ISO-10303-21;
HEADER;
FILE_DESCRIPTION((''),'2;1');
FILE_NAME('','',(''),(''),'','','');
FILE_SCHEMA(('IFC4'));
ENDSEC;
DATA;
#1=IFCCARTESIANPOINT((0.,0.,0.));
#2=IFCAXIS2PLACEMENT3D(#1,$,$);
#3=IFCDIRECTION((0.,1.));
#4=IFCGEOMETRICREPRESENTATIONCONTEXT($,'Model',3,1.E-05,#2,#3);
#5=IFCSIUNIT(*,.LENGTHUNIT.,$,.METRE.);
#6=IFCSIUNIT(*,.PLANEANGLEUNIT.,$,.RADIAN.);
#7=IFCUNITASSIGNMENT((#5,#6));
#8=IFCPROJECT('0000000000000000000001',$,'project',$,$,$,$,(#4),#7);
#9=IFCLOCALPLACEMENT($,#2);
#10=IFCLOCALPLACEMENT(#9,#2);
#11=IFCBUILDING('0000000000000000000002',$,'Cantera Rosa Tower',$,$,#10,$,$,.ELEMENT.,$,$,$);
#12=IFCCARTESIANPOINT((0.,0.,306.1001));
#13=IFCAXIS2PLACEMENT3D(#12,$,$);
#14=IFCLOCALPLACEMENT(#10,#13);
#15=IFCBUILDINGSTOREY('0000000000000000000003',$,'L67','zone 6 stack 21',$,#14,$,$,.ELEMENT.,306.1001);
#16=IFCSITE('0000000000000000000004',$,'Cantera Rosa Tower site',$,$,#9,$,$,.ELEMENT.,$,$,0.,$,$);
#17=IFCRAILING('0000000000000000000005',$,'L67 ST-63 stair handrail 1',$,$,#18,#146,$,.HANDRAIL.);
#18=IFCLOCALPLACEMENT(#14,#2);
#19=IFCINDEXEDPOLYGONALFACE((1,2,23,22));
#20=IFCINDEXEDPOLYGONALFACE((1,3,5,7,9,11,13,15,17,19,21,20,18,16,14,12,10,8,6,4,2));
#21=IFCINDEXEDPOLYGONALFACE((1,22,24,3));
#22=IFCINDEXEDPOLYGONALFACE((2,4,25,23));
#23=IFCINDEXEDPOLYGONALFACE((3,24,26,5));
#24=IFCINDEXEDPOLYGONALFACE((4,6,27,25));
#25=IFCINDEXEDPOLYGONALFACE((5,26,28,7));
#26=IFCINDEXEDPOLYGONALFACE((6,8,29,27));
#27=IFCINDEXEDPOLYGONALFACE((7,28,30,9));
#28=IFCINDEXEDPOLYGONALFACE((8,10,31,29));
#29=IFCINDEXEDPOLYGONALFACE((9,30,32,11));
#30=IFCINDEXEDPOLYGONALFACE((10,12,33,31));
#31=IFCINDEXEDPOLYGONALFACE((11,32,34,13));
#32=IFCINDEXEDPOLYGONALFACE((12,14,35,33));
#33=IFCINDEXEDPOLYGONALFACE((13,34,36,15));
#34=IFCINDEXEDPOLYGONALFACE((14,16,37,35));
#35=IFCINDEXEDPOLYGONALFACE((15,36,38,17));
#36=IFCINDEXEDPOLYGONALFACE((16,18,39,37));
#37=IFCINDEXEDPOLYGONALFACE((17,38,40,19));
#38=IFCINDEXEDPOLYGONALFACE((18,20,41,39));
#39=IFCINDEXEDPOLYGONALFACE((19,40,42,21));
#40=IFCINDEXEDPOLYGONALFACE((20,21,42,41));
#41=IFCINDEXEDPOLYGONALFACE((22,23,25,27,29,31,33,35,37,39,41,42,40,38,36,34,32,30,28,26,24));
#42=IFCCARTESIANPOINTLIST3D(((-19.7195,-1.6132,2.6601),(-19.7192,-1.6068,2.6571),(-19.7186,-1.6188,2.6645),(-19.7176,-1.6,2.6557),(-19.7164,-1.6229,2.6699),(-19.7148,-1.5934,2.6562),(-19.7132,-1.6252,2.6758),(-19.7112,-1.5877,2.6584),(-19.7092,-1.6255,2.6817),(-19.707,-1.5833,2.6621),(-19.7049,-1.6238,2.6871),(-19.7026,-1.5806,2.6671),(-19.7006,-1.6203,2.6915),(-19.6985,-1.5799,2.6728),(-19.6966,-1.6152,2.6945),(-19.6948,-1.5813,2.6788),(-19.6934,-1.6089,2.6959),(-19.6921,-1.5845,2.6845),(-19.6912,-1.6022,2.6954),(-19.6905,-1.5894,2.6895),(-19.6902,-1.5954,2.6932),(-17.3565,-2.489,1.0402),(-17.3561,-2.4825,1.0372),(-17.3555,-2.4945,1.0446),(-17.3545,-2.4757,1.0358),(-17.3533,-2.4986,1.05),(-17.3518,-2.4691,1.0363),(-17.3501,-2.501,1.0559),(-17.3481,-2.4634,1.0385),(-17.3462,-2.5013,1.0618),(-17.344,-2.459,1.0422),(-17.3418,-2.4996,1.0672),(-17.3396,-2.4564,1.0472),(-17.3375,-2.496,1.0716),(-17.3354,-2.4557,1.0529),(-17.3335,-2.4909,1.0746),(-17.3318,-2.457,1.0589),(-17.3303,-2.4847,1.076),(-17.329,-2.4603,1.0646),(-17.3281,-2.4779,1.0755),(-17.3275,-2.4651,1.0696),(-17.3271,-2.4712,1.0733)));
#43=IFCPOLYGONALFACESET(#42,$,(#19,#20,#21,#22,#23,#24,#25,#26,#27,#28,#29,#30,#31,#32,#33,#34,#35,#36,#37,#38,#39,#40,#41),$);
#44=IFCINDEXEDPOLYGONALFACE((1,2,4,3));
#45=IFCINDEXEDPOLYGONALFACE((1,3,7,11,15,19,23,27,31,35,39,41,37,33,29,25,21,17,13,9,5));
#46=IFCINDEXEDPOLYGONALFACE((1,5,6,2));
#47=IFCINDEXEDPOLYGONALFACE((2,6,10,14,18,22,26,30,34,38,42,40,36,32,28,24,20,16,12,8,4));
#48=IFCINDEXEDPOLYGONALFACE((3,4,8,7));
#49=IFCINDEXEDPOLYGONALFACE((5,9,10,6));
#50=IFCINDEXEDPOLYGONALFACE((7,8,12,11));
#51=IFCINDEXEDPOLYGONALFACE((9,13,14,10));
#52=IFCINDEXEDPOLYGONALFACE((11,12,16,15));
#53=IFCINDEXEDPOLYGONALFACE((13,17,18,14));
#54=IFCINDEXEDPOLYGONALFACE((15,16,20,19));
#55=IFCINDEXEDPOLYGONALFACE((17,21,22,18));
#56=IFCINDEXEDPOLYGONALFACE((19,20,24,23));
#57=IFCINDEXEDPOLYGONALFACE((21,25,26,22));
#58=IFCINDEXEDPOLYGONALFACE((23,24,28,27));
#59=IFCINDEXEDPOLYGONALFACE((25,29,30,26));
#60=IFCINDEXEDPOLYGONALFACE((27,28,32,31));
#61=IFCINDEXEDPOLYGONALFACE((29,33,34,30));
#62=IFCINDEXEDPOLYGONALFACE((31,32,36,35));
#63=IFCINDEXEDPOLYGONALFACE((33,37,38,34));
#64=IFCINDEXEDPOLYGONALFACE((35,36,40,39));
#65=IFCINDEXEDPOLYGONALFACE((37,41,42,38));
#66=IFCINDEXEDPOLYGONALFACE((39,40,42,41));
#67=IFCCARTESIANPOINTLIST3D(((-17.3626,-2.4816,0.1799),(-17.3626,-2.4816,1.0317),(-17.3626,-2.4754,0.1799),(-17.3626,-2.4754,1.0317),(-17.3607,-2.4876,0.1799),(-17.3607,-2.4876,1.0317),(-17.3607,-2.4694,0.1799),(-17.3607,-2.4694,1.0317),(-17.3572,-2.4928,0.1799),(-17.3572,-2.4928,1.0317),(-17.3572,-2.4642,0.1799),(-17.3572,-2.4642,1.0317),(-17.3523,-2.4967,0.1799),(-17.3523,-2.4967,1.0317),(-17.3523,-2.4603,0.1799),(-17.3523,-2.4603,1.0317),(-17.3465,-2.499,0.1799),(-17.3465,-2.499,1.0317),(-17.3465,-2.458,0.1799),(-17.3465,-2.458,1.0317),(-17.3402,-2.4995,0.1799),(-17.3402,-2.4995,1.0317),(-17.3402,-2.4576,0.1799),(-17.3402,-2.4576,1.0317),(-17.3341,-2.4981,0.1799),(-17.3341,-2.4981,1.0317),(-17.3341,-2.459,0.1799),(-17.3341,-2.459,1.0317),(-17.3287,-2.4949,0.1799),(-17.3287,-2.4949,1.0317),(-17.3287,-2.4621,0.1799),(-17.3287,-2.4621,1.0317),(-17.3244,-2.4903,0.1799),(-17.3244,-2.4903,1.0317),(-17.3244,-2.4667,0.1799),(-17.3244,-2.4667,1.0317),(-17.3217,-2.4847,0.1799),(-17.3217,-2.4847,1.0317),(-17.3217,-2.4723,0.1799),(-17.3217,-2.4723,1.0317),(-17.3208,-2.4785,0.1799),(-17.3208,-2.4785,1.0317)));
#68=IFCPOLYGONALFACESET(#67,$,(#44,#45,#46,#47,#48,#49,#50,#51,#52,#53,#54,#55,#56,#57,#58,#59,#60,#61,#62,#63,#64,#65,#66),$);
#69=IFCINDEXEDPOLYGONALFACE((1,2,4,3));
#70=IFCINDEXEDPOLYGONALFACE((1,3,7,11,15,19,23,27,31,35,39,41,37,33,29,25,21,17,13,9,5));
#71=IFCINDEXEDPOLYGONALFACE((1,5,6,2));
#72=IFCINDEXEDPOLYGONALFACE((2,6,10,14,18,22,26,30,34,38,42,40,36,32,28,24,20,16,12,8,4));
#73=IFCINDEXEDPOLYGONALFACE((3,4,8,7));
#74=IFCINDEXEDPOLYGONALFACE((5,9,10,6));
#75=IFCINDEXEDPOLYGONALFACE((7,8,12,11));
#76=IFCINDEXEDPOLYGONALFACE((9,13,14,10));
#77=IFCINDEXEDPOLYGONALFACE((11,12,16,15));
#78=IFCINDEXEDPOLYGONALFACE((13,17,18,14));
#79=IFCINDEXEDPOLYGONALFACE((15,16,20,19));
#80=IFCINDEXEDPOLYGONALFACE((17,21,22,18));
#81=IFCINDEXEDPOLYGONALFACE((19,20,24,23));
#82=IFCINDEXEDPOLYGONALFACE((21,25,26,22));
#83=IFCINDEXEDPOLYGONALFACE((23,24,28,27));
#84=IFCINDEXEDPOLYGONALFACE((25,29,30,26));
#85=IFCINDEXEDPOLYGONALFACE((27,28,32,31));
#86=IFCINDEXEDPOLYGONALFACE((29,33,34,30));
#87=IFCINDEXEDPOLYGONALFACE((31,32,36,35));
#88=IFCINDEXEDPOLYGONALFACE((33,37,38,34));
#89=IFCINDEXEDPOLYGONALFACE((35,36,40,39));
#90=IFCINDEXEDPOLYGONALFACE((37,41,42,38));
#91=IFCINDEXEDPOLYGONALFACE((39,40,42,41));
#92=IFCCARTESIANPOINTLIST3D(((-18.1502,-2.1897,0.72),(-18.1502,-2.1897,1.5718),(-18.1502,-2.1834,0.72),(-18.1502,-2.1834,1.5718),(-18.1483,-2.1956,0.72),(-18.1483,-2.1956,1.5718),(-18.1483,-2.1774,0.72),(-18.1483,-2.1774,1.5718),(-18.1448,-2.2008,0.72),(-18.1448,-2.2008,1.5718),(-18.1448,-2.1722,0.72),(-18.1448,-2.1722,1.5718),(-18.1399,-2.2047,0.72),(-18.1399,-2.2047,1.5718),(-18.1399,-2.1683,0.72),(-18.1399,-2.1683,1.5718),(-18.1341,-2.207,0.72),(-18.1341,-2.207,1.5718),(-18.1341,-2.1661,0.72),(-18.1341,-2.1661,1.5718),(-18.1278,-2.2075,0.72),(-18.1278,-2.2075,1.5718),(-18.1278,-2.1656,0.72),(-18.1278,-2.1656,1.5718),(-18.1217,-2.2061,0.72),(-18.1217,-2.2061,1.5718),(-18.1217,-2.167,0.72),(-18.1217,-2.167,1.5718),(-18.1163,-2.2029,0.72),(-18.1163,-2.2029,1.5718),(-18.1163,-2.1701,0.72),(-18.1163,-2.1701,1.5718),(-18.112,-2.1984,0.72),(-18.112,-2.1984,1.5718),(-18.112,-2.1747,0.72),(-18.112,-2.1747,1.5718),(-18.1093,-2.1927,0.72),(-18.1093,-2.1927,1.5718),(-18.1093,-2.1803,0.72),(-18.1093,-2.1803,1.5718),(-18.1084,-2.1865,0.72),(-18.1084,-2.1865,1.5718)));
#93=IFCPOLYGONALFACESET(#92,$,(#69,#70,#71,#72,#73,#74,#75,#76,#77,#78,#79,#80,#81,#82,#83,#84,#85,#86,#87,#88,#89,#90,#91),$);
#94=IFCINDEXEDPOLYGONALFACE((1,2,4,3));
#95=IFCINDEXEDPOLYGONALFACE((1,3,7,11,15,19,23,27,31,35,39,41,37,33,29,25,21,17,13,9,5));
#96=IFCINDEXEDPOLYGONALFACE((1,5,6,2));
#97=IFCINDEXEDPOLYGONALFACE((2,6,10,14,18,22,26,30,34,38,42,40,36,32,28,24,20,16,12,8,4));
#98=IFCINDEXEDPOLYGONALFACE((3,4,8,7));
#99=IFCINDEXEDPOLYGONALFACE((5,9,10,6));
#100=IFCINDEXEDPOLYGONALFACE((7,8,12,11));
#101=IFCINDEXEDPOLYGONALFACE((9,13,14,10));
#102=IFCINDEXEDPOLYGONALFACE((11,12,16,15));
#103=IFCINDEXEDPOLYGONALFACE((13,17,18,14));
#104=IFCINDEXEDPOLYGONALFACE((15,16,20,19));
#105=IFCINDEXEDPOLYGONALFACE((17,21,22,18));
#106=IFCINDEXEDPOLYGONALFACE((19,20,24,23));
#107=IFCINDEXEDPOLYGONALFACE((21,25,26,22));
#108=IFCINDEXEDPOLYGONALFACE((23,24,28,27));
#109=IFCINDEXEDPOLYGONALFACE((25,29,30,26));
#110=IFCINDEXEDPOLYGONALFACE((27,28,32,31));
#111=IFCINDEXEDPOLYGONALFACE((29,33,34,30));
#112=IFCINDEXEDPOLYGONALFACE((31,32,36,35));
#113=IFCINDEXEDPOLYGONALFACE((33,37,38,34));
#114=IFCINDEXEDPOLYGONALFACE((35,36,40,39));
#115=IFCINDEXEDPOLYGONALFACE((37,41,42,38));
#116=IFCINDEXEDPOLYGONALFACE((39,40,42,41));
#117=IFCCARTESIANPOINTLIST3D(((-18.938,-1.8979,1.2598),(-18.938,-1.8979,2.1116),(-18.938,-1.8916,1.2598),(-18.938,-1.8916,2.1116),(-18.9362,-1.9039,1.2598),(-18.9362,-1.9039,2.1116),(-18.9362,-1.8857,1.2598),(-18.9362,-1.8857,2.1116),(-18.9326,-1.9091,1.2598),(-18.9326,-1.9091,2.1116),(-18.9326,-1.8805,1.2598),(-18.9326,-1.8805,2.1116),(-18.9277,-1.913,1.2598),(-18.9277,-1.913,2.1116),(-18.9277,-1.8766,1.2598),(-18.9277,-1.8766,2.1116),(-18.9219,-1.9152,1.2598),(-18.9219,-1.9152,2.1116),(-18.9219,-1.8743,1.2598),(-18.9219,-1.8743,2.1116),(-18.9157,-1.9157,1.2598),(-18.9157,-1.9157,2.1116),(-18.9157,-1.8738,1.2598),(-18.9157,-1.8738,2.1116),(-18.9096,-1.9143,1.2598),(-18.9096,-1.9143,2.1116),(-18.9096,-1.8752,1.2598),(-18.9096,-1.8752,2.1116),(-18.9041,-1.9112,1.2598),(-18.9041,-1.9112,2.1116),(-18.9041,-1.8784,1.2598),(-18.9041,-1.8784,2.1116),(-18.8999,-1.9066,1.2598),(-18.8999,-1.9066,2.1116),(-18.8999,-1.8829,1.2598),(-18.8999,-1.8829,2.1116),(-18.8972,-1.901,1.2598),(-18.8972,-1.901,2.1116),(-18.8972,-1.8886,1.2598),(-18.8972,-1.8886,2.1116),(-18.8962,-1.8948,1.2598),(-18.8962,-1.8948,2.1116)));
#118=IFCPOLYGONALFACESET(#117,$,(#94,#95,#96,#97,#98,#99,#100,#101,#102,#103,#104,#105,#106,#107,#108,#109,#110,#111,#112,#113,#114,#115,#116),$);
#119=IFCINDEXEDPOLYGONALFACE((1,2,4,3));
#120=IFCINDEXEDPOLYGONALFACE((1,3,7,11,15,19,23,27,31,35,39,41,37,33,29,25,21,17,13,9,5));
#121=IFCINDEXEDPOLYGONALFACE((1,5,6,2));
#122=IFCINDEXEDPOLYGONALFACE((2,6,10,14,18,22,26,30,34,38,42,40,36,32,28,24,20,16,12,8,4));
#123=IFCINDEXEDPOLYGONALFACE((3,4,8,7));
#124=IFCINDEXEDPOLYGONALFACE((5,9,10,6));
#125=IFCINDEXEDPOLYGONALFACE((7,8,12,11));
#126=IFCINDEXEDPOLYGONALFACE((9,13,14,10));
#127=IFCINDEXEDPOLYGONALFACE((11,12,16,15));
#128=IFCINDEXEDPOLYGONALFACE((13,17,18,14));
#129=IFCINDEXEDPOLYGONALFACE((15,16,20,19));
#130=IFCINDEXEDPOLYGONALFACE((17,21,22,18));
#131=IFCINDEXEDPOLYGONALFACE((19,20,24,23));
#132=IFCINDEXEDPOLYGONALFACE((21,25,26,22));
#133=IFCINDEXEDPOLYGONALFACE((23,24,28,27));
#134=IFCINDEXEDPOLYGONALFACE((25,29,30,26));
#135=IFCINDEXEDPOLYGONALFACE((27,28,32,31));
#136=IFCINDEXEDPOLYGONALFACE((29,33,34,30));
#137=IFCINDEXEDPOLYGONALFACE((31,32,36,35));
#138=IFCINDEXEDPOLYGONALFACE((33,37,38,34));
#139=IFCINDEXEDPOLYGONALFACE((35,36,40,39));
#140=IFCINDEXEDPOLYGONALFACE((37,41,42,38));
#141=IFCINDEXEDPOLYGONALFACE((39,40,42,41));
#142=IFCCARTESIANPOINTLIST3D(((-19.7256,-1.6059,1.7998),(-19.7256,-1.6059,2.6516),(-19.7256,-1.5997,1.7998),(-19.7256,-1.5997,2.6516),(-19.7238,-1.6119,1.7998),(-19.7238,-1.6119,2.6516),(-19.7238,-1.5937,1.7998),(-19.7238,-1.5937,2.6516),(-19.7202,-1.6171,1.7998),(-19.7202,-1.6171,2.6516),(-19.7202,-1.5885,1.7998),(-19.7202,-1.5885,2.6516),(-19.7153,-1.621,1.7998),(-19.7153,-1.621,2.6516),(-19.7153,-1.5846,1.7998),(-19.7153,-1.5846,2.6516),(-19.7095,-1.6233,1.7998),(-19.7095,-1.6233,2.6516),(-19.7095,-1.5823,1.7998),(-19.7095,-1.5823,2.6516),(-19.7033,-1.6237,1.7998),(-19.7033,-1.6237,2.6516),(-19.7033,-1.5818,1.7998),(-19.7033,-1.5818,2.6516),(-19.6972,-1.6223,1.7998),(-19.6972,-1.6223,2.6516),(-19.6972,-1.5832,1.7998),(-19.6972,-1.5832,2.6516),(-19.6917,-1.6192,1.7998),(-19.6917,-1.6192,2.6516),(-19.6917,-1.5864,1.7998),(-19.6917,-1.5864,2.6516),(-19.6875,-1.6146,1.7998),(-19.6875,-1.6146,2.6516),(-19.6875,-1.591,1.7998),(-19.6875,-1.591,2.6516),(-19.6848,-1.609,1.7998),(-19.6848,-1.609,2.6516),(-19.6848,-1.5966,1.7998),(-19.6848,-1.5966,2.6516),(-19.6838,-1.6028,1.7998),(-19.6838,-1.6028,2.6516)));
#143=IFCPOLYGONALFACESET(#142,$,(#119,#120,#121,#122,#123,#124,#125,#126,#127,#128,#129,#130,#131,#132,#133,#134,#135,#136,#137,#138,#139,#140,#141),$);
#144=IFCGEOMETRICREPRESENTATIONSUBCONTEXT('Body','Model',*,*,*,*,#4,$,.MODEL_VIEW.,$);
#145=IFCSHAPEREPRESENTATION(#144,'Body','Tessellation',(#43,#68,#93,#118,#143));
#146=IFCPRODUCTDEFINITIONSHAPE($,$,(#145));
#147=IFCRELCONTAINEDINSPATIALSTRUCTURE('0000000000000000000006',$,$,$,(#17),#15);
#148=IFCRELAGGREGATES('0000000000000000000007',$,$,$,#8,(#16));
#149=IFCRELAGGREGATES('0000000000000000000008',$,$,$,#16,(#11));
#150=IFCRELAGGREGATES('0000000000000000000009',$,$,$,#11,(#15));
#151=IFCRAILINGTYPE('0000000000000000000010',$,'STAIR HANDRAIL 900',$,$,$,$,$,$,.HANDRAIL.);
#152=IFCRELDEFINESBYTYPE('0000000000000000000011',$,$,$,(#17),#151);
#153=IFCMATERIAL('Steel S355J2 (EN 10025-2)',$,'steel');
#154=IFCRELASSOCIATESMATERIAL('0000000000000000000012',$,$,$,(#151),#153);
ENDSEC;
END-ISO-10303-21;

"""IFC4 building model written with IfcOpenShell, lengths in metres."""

from ifc_helpers import new_model, si_unit, direction, frame, origin, origin_2d, place, context, subcontext, project, spatial, circle, extrude, material, type_object, element, save


model = new_model("IFC4")

# Units and contexts
model_context = context("Model", 3, precision=1e-05, world=origin(), true_north=direction((0.0, 1.0)))
body_context = subcontext(model_context, "Body", "Model", "MODEL_VIEW")
ifc_project = project(units=[si_unit("LENGTHUNIT", "METRE"), si_unit("PLANEANGLEUNIT", "RADIAN")], contexts=[model_context])

# Site, building, storey
site_placement = place(None, origin())
site = spatial("IfcSite", under=ifc_project, at=site_placement, Name="Cantera Rosa Tower site", CompositionType="ELEMENT", RefElevation=0.0)
building_placement = place(site_placement, origin())
building = spatial("IfcBuilding", under=site, at=building_placement, Name="Cantera Rosa Tower", CompositionType="ELEMENT")
storey_placement = place(building_placement, frame((0.0, 0.0, 306.1001)))
storey = spatial("IfcBuildingStorey", under=building, at=storey_placement, Name="L67", Description="zone 6 stack 21", CompositionType="ELEMENT", Elevation=306.1001)

# Railing
ifc_material_1 = material(Name="Steel S355J2 (EN 10025-2)", Category="steel")
railing_type_1 = type_object("IfcRailingType", Name="STAIR HANDRAIL 900", PredefinedType="HANDRAIL", material=ifc_material_1)
railing_1_placement = place(storey_placement, frame((-17.3418, -2.4785, 0.1799)))
element("IfcRailing", 1, at=railing_1_placement, inside=storey, type_object=railing_type_1, Name="L67 ST-63 stair handrail 1", PredefinedType="HANDRAIL", context=body_context, shape_type="SweptSolid", body=[
    extrude(circle(Radius=0.0239, at=origin_2d()), frame((0.0, 0.0, 0.876), z_axis=(-0.788782, 0.29232, 0.540714), x_axis=(-0.347501, -0.93768, 0.0)), (0.0, 0.0, 1.0), 2.9958),
    extrude(circle(Radius=0.021, at=origin_2d()), origin(), (0.0, 0.0, 1.0), 0.8518),
    extrude(circle(Radius=0.021, at=origin_2d()), frame((-0.7876, 0.292, 0.54)), (0.0, 0.0, 1.0), 0.8518),
    extrude(circle(Radius=0.021, at=origin_2d()), frame((-1.5754, 0.5837, 1.0798)), (0.0, 0.0, 1.0), 0.8518),
    extrude(circle(Radius=0.021, at=origin_2d()), frame((-2.363, 0.8757, 1.6199)), (0.0, 0.0, 1.0), 0.8518),
])

save(model, "model.ifc")
